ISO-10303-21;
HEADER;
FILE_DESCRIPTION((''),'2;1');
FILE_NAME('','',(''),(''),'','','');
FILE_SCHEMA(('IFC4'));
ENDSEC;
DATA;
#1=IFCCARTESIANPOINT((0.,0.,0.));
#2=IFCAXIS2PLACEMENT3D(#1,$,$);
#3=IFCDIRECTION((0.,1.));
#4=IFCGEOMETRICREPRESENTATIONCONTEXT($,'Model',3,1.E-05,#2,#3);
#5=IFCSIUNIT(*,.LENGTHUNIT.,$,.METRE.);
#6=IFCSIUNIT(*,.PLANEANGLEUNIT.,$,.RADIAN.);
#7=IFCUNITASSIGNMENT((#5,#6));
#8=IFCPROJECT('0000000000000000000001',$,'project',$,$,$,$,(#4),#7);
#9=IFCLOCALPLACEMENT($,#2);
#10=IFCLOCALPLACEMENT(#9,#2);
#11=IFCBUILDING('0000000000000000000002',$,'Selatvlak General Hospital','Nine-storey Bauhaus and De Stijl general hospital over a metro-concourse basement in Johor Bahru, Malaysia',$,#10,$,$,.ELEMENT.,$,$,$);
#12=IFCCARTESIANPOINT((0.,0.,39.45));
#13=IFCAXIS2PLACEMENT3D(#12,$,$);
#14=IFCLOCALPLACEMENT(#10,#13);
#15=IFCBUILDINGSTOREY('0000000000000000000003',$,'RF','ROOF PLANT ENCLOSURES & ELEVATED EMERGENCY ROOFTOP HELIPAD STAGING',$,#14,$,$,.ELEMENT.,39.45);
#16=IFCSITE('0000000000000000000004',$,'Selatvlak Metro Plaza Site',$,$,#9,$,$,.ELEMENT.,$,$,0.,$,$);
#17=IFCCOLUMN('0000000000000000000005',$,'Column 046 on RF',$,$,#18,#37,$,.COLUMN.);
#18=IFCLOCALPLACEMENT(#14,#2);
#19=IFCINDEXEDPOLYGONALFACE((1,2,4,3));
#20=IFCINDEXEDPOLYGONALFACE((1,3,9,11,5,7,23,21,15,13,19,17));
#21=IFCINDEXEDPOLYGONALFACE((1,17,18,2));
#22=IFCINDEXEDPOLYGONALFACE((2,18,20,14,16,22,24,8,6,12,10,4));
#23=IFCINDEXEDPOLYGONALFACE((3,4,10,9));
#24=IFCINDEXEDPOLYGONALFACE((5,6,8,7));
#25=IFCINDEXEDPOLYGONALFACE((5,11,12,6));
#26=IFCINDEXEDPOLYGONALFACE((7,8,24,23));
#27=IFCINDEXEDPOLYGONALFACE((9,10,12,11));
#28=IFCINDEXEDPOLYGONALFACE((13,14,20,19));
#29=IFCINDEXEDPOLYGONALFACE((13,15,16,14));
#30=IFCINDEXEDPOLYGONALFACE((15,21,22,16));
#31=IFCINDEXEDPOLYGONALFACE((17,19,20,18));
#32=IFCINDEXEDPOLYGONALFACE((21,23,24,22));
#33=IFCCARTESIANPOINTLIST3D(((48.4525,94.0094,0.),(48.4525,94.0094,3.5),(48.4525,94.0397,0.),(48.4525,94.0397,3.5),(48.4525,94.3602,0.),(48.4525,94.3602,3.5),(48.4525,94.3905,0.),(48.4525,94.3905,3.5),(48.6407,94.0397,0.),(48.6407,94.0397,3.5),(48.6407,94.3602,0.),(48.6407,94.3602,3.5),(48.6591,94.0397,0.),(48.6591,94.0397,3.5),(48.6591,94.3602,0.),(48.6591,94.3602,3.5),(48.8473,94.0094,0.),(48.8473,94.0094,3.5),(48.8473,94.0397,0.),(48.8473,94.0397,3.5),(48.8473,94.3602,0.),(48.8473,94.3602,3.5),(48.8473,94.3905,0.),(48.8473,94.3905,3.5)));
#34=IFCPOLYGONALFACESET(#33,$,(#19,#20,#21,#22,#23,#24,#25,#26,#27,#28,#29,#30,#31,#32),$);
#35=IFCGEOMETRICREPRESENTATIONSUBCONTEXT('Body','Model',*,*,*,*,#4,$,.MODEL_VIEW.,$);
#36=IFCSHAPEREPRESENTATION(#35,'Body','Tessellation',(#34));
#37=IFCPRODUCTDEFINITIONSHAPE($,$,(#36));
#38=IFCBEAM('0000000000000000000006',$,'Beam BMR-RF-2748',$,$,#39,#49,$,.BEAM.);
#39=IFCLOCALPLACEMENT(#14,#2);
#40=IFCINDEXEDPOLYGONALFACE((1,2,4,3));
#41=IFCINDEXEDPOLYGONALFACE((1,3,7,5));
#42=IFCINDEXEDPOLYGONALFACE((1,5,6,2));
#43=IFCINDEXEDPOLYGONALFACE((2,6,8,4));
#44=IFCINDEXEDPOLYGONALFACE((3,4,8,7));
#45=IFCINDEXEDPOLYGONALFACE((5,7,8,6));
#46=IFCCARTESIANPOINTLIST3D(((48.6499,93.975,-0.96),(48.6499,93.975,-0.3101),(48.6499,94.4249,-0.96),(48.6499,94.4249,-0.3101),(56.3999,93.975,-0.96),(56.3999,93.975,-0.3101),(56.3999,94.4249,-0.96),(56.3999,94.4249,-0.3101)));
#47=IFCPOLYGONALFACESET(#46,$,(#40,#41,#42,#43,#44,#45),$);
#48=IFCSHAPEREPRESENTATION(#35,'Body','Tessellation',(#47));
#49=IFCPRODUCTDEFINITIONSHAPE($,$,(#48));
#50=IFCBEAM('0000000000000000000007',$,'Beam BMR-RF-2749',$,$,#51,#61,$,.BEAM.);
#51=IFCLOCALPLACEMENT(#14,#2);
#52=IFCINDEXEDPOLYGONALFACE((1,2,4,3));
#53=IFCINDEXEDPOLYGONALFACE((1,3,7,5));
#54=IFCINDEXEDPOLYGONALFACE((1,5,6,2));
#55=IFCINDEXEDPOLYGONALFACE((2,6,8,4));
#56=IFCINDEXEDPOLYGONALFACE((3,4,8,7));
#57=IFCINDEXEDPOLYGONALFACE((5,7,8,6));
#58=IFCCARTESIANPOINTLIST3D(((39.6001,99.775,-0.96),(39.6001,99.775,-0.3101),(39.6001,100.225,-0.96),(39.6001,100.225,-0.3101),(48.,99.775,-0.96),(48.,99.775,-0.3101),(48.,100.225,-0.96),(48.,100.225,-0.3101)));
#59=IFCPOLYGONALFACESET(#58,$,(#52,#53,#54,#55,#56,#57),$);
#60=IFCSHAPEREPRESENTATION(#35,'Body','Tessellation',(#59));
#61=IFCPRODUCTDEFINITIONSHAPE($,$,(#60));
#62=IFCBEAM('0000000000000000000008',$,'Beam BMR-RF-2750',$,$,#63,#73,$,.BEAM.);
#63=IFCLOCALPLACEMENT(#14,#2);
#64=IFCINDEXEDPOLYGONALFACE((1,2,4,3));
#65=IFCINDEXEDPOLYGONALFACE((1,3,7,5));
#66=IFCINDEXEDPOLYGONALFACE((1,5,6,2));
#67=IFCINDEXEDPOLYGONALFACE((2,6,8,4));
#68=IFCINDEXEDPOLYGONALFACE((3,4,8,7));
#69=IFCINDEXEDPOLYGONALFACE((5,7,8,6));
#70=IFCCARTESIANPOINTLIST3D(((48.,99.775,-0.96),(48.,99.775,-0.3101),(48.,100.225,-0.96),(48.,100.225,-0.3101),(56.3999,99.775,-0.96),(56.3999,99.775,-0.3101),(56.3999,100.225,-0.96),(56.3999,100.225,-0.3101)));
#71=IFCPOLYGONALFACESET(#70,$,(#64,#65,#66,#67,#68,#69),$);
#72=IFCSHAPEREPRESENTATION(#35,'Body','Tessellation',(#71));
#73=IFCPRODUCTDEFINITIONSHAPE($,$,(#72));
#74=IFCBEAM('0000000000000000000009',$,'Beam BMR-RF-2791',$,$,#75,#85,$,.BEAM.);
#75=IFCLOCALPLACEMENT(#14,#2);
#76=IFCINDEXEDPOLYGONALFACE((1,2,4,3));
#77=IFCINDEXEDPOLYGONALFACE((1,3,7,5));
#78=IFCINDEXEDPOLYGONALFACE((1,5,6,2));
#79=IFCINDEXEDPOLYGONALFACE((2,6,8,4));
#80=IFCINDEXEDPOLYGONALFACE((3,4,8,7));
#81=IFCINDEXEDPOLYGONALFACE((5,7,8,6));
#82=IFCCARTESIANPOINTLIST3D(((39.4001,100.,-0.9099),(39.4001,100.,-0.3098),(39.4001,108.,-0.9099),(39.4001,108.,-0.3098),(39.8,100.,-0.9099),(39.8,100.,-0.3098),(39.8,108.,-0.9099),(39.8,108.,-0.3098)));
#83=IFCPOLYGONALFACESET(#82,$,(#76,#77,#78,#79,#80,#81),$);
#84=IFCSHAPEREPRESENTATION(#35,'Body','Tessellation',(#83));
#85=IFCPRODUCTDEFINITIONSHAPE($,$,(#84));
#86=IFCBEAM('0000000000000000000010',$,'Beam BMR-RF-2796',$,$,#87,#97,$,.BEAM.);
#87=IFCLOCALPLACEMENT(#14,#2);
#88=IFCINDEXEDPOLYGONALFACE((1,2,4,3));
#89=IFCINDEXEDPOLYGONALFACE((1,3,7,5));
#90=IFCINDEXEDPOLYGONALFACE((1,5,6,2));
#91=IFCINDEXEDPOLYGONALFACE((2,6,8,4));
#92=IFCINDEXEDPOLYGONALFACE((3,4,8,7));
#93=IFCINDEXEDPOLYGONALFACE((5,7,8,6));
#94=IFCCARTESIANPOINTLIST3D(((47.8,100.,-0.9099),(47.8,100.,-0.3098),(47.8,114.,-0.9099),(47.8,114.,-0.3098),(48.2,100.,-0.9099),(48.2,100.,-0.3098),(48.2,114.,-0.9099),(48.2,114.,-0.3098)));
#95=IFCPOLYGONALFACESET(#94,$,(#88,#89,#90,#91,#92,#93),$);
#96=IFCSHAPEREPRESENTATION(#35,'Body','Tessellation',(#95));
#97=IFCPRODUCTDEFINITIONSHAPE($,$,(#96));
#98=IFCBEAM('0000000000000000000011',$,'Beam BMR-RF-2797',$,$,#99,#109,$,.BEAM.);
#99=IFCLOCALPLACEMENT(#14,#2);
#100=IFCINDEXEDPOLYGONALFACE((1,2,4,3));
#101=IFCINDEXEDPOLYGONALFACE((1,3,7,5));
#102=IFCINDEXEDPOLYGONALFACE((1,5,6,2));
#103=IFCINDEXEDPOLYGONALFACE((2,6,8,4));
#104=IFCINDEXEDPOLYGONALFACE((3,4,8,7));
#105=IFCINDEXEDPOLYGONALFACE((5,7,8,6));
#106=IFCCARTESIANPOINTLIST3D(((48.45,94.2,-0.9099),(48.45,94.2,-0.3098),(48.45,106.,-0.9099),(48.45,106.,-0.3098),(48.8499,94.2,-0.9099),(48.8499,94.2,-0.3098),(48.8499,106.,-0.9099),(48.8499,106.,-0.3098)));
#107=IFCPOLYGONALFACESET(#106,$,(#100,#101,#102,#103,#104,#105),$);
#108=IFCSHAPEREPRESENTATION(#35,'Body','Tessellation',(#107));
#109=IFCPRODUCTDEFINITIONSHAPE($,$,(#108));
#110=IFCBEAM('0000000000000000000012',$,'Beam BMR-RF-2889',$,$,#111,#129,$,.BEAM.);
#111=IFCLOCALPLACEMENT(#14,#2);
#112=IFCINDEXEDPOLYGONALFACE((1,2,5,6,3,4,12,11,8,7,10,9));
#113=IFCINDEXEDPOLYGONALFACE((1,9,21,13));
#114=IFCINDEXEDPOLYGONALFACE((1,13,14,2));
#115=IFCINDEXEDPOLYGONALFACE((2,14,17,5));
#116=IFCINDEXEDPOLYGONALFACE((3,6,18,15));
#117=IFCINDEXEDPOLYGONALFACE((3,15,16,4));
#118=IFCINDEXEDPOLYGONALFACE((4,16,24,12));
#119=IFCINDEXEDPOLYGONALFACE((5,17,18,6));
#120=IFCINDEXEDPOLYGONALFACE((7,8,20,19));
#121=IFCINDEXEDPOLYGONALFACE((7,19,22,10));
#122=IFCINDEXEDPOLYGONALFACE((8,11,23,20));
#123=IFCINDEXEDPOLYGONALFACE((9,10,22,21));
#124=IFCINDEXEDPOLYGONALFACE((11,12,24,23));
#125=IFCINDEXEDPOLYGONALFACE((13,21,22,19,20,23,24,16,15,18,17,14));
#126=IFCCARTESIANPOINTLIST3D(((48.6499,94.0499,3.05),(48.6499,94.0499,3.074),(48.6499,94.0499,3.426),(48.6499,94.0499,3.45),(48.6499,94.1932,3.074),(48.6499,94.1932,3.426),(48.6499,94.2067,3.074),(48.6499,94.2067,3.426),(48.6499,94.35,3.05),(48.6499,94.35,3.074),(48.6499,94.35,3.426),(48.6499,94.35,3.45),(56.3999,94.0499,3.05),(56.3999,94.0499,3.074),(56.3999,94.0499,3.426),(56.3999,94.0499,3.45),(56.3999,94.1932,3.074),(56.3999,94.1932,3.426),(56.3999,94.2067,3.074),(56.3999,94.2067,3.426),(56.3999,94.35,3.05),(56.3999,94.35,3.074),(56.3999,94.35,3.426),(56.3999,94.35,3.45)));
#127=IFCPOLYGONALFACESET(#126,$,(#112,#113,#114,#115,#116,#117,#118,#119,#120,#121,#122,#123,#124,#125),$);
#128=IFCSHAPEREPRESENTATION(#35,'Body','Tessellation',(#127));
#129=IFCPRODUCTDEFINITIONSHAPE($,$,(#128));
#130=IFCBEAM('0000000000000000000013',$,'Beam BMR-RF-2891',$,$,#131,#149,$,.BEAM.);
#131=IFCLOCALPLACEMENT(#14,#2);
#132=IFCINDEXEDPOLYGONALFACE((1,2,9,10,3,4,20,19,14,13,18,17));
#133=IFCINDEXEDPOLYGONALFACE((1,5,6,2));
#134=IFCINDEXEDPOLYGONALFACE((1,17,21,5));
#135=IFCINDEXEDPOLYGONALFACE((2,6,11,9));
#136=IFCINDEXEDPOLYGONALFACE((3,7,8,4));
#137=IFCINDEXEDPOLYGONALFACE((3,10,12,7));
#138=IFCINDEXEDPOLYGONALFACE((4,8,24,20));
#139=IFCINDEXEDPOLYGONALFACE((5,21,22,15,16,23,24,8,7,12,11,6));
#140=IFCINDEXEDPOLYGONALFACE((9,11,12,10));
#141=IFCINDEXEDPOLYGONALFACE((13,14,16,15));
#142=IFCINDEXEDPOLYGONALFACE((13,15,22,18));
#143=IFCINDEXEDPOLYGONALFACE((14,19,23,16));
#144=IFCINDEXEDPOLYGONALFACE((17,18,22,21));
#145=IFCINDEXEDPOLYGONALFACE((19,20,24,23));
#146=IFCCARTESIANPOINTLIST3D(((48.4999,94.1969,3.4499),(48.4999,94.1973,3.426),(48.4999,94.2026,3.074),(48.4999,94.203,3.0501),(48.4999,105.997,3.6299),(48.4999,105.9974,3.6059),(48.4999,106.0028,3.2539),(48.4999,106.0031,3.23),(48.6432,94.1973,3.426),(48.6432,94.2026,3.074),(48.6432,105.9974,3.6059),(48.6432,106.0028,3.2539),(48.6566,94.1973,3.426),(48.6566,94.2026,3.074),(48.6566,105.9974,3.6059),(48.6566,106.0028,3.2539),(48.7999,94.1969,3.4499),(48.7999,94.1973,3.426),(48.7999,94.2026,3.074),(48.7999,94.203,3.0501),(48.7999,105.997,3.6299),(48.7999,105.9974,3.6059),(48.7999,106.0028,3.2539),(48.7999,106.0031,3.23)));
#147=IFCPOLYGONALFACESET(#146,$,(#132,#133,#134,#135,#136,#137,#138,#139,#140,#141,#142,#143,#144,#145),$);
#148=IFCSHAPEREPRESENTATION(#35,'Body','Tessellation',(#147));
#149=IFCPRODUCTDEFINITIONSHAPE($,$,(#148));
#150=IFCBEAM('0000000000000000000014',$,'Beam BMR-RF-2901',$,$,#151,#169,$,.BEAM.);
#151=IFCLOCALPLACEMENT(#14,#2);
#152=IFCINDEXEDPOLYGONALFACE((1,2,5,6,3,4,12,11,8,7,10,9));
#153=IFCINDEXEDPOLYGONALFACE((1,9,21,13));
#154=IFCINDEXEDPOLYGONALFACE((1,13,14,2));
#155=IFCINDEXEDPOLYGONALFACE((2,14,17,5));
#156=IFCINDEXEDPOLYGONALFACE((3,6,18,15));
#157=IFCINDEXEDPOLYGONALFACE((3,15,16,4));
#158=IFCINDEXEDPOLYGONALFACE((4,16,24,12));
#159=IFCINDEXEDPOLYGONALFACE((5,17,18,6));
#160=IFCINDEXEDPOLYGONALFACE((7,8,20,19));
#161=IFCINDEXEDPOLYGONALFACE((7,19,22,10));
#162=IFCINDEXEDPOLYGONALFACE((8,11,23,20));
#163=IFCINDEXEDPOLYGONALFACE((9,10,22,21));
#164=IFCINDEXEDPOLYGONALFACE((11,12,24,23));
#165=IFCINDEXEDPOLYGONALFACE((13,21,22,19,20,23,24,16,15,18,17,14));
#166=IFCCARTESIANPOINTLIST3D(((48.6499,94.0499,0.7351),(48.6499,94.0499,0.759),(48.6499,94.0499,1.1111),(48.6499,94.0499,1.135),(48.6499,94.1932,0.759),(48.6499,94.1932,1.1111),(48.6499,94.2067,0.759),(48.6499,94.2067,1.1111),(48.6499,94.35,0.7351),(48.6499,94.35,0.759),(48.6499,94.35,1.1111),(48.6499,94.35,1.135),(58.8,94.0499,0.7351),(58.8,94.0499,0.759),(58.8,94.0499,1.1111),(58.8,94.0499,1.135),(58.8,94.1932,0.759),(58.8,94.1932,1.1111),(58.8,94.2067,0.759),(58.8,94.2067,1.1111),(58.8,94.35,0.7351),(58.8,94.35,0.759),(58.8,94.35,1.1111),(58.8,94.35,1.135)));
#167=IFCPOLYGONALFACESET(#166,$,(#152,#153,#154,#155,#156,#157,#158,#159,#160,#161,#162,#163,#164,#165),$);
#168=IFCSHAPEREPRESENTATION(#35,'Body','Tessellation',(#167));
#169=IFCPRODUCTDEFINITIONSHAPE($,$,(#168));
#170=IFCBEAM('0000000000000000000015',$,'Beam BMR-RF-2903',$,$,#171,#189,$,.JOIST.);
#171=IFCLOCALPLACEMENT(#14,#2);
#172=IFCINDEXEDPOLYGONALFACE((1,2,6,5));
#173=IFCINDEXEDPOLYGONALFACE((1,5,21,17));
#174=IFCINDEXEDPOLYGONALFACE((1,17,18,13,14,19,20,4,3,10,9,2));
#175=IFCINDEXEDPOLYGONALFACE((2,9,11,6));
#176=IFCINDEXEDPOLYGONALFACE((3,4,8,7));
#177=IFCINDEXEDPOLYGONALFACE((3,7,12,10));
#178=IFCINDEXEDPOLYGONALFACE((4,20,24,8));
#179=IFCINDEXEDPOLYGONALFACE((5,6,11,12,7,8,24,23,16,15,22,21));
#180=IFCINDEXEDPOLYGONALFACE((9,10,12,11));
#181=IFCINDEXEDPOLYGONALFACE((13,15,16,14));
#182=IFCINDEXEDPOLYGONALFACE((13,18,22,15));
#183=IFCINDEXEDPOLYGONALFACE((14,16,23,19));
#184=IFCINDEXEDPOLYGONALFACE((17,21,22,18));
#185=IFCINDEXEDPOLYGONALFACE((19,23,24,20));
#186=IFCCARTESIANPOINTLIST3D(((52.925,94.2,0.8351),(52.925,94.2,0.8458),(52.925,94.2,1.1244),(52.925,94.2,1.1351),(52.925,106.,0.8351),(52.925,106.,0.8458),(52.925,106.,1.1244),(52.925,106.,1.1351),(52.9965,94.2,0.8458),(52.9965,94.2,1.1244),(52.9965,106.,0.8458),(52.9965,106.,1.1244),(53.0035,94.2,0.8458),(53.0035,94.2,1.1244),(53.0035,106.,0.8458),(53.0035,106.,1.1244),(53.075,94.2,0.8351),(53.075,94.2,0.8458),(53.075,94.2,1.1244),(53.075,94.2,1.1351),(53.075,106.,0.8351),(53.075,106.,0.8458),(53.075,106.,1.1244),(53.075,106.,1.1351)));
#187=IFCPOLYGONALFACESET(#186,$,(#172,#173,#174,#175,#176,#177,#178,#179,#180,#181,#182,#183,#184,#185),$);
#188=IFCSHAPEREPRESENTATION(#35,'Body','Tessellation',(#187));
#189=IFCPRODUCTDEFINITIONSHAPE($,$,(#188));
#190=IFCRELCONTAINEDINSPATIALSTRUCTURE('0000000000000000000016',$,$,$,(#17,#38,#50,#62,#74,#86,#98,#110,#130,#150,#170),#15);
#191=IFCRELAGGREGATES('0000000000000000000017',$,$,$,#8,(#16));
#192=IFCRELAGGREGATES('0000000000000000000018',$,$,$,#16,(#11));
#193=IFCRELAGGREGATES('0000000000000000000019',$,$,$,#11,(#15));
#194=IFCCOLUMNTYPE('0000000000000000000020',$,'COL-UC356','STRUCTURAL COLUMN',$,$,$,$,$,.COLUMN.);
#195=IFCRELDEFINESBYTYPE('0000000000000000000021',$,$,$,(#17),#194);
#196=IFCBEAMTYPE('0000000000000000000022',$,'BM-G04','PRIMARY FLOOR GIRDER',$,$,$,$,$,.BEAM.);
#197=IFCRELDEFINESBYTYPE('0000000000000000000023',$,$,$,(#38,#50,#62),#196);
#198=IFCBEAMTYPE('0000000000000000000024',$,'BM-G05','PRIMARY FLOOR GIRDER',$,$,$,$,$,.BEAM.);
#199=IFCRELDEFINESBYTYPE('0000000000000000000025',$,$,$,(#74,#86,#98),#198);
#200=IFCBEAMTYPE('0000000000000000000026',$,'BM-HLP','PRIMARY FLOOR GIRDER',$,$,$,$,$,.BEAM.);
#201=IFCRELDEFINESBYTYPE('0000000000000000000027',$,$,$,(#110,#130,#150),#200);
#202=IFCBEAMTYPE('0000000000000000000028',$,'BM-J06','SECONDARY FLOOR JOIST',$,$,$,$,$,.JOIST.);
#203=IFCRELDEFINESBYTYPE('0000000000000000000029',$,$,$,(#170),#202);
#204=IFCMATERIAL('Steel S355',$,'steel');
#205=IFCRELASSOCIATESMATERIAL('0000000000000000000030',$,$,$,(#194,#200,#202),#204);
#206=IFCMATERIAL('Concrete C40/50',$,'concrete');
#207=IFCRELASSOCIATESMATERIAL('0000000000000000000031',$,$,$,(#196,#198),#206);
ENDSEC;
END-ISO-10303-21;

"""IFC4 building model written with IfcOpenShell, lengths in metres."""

from ifc_helpers import new_model, si_unit, direction, frame, origin, origin_2d, place, context, subcontext, project, spatial, rectangle, i_section, extrude, material, material_profile, profile_set, type_object, element, save


model = new_model("IFC4")

# Units and contexts
model_context = context("Model", 3, precision=1e-05, world=origin(), true_north=direction((0.0, 1.0)))
body_context = subcontext(model_context, "Body", "Model", "MODEL_VIEW")
ifc_project = project(units=[si_unit("LENGTHUNIT", "METRE"), si_unit("PLANEANGLEUNIT", "RADIAN")], contexts=[model_context])

# Site, building, storey
site_placement = place(None, origin())
site = spatial("IfcSite", under=ifc_project, at=site_placement, Name="Selatvlak Metro Plaza Site", CompositionType="ELEMENT", RefElevation=0.0)
building_placement = place(site_placement, origin())
building = spatial("IfcBuilding", under=site, at=building_placement, Name="Selatvlak General Hospital", Description="Nine-storey Bauhaus and De Stijl general hospital over a metro-concourse basement in Johor Bahru, Malaysia", CompositionType="ELEMENT")
storey_placement = place(building_placement, frame((0.0, 0.0, 39.45)))
storey = spatial("IfcBuildingStorey", under=building, at=storey_placement, Name="RF", Description="ROOF PLANT ENCLOSURES & ELEVATED EMERGENCY ROOFTOP HELIPAD STAGING", CompositionType="ELEMENT", Elevation=39.45)

# Column
ifc_material_1 = material(Name="Steel S355", Category="steel")
ifc_material_profile_1 = material_profile(ifc_material_1, i_section(OverallWidth=0.3948, OverallDepth=0.3811, WebThickness=0.0183, FlangeThickness=0.0303, at=origin_2d()), Name="UC 356x406x235")
ifc_profile_set_1 = profile_set([ifc_material_profile_1], Name="Steel S355")
column_type = type_object("IfcColumnType", Name="COL-UC356", Description="STRUCTURAL COLUMN", PredefinedType="COLUMN", material=ifc_profile_set_1)
column_placement = place(storey_placement, frame((48.6499, 94.2, 0.0), z_axis=(0.0, 0.0, 1.0), x_axis=(1.0, 0.0, 0.0)))
element("IfcColumn", 1, at=column_placement, inside=storey, type_object=column_type, Name="Column 046 on RF", PredefinedType="COLUMN", context=body_context, shape_type="SweptSolid", body=[
    extrude(i_section(OverallWidth=0.3948, OverallDepth=0.3811, WebThickness=0.0183, FlangeThickness=0.0303, at=origin_2d()), origin(), (0.0, 0.0, 1.0), 3.5),
])

# Beams
ifc_material_2 = material(Name="Concrete C40/50", Category="concrete")
ifc_material_profile_2 = material_profile(ifc_material_2, rectangle(XDim=0.45, YDim=0.6499, at=origin_2d()), Name="RC-BM 450x650")
ifc_profile_set_2 = profile_set([ifc_material_profile_2], Name="Concrete C40/50")
beam_type_1 = type_object("IfcBeamType", Name="BM-G04", Description="PRIMARY FLOOR GIRDER", PredefinedType="BEAM", material=ifc_profile_set_2)
beam_1_placement = place(storey_placement, frame((48.6499, 94.2, -0.635), z_axis=(1.0, 0.0, 0.0), x_axis=(0.0, 1.0, 0.0)))
element("IfcBeam", 2, at=beam_1_placement, inside=storey, type_object=beam_type_1, Name="Beam BMR-RF-2748", PredefinedType="BEAM", context=body_context, shape_type="SweptSolid", body=[
    extrude(rectangle(XDim=0.45, YDim=0.6499, at=origin_2d()), origin(), (0.0, 0.0, 1.0), 7.75),
])
for number, where, z_axis, x_axis, name in (
    (3, (39.6001, 100.0, -0.635), (1.0, 0.0, 0.0), (0.0, 1.0, 0.0), "Beam BMR-RF-2749"),
    (4, (48.0, 100.0, -0.635), (1.0, 0.0, 0.0), (0.0, 1.0, 0.0), "Beam BMR-RF-2750"),
):
    element("IfcBeam", number, at=place(storey_placement, frame(where, z_axis=z_axis, x_axis=x_axis)), inside=storey, type_object=beam_type_1, Name=name, PredefinedType="BEAM", context=body_context, shape_type="SweptSolid", body=[
        extrude(rectangle(XDim=0.45, YDim=0.6499, at=origin_2d()), origin(), (0.0, 0.0, 1.0), 8.3999),
    ])
ifc_material_profile_3 = material_profile(ifc_material_2, rectangle(XDim=0.3999, YDim=0.6001, at=origin_2d()), Name="RC-BM 400x600")
ifc_profile_set_3 = profile_set([ifc_material_profile_3], Name="Concrete C40/50")
beam_type_2 = type_object("IfcBeamType", Name="BM-G05", Description="PRIMARY FLOOR GIRDER", PredefinedType="BEAM", material=ifc_profile_set_3)
beam_2_placement = place(storey_placement, frame((39.6001, 100.0, -0.6099), z_axis=(0.0, 1.0, 0.0), x_axis=(-1.0, 0.0, 0.0)))
element("IfcBeam", 5, at=beam_2_placement, inside=storey, type_object=beam_type_2, Name="Beam BMR-RF-2791", PredefinedType="BEAM", context=body_context, shape_type="SweptSolid", body=[
    extrude(rectangle(XDim=0.3999, YDim=0.6001, at=origin_2d()), origin(), (0.0, 0.0, 1.0), 8.0),
])
beam_3_placement = place(storey_placement, frame((48.0, 100.0, -0.6099), z_axis=(0.0, 1.0, 0.0), x_axis=(-1.0, 0.0, 0.0)))
element("IfcBeam", 6, at=beam_3_placement, inside=storey, type_object=beam_type_2, Name="Beam BMR-RF-2796", PredefinedType="BEAM", context=body_context, shape_type="SweptSolid", body=[
    extrude(rectangle(XDim=0.3999, YDim=0.6001, at=origin_2d()), origin(), (0.0, 0.0, 1.0), 14.0),
])
beam_4_placement = place(storey_placement, frame((48.6499, 94.2, -0.6099), z_axis=(0.0, 1.0, 0.0), x_axis=(-1.0, 0.0, 0.0)))
element("IfcBeam", 7, at=beam_4_placement, inside=storey, type_object=beam_type_2, Name="Beam BMR-RF-2797", PredefinedType="BEAM", context=body_context, shape_type="SweptSolid", body=[
    extrude(rectangle(XDim=0.3999, YDim=0.6001, at=origin_2d()), origin(), (0.0, 0.0, 1.0), 11.8),
])
ifc_material_profile_4 = material_profile(ifc_material_1, i_section(OverallWidth=0.3, OverallDepth=0.3999, WebThickness=0.0134, FlangeThickness=0.0239, at=origin_2d()), Name="HEB 400")
ifc_profile_set_4 = profile_set([ifc_material_profile_4], Name="Steel S355")
beam_type_3 = type_object("IfcBeamType", Name="BM-HLP", Description="PRIMARY FLOOR GIRDER", PredefinedType="BEAM", material=ifc_profile_set_4)
beam_5_placement = place(storey_placement, frame((48.6499, 94.2, 3.25), z_axis=(1.0, 0.0, 0.0), x_axis=(0.0, 1.0, 0.0)))
element("IfcBeam", 8, at=beam_5_placement, inside=storey, type_object=beam_type_3, Name="Beam BMR-RF-2889", PredefinedType="BEAM", context=body_context, shape_type="SweptSolid", body=[
    extrude(i_section(OverallWidth=0.3, OverallDepth=0.3999, WebThickness=0.0134, FlangeThickness=0.0239, at=origin_2d()), origin(), (0.0, 0.0, 1.0), 7.75),
])
beam_6_placement = place(storey_placement, frame((48.6499, 94.2, 3.25), z_axis=(0.0, 0.999884, 0.015247), x_axis=(-1.0, 0.0, 0.0)))
element("IfcBeam", 9, at=beam_6_placement, inside=storey, type_object=beam_type_3, Name="Beam BMR-RF-2891", PredefinedType="BEAM", context=body_context, shape_type="SweptSolid", body=[
    extrude(i_section(OverallWidth=0.3, OverallDepth=0.3999, WebThickness=0.0134, FlangeThickness=0.0239, at=origin_2d()), origin(), (0.0, 0.0, 1.0), 11.8015),
])
beam_7_placement = place(storey_placement, frame((48.6499, 94.2, 0.9351), z_axis=(1.0, 0.0, 0.0), x_axis=(0.0, 1.0, 0.0)))
element("IfcBeam", 10, at=beam_7_placement, inside=storey, type_object=beam_type_3, Name="Beam BMR-RF-2901", PredefinedType="BEAM", context=body_context, shape_type="SweptSolid", body=[
    extrude(i_section(OverallWidth=0.3, OverallDepth=0.3999, WebThickness=0.0134, FlangeThickness=0.0239, at=origin_2d()), origin(), (0.0, 0.0, 1.0), 10.1501),
])
ifc_material_profile_5 = material_profile(ifc_material_1, i_section(OverallWidth=0.1499, OverallDepth=0.3, WebThickness=0.0071, FlangeThickness=0.0107, at=origin_2d()), Name="IPE 300")
ifc_profile_set_5 = profile_set([ifc_material_profile_5], Name="Steel S355")
beam_type_4 = type_object("IfcBeamType", Name="BM-J06", Description="SECONDARY FLOOR JOIST", PredefinedType="JOIST", material=ifc_profile_set_5)
beam_8_placement = place(storey_placement, frame((53.0, 94.2, 0.9851), z_axis=(0.0, 1.0, 0.0), x_axis=(-1.0, 0.0, 0.0)))
element("IfcBeam", 11, at=beam_8_placement, inside=storey, type_object=beam_type_4, Name="Beam BMR-RF-2903", PredefinedType="JOIST", context=body_context, shape_type="SweptSolid", body=[
    extrude(i_section(OverallWidth=0.1499, OverallDepth=0.3, WebThickness=0.0071, FlangeThickness=0.0107, at=origin_2d()), origin(), (0.0, 0.0, 1.0), 11.8),
])

save(model, "model.ifc")
